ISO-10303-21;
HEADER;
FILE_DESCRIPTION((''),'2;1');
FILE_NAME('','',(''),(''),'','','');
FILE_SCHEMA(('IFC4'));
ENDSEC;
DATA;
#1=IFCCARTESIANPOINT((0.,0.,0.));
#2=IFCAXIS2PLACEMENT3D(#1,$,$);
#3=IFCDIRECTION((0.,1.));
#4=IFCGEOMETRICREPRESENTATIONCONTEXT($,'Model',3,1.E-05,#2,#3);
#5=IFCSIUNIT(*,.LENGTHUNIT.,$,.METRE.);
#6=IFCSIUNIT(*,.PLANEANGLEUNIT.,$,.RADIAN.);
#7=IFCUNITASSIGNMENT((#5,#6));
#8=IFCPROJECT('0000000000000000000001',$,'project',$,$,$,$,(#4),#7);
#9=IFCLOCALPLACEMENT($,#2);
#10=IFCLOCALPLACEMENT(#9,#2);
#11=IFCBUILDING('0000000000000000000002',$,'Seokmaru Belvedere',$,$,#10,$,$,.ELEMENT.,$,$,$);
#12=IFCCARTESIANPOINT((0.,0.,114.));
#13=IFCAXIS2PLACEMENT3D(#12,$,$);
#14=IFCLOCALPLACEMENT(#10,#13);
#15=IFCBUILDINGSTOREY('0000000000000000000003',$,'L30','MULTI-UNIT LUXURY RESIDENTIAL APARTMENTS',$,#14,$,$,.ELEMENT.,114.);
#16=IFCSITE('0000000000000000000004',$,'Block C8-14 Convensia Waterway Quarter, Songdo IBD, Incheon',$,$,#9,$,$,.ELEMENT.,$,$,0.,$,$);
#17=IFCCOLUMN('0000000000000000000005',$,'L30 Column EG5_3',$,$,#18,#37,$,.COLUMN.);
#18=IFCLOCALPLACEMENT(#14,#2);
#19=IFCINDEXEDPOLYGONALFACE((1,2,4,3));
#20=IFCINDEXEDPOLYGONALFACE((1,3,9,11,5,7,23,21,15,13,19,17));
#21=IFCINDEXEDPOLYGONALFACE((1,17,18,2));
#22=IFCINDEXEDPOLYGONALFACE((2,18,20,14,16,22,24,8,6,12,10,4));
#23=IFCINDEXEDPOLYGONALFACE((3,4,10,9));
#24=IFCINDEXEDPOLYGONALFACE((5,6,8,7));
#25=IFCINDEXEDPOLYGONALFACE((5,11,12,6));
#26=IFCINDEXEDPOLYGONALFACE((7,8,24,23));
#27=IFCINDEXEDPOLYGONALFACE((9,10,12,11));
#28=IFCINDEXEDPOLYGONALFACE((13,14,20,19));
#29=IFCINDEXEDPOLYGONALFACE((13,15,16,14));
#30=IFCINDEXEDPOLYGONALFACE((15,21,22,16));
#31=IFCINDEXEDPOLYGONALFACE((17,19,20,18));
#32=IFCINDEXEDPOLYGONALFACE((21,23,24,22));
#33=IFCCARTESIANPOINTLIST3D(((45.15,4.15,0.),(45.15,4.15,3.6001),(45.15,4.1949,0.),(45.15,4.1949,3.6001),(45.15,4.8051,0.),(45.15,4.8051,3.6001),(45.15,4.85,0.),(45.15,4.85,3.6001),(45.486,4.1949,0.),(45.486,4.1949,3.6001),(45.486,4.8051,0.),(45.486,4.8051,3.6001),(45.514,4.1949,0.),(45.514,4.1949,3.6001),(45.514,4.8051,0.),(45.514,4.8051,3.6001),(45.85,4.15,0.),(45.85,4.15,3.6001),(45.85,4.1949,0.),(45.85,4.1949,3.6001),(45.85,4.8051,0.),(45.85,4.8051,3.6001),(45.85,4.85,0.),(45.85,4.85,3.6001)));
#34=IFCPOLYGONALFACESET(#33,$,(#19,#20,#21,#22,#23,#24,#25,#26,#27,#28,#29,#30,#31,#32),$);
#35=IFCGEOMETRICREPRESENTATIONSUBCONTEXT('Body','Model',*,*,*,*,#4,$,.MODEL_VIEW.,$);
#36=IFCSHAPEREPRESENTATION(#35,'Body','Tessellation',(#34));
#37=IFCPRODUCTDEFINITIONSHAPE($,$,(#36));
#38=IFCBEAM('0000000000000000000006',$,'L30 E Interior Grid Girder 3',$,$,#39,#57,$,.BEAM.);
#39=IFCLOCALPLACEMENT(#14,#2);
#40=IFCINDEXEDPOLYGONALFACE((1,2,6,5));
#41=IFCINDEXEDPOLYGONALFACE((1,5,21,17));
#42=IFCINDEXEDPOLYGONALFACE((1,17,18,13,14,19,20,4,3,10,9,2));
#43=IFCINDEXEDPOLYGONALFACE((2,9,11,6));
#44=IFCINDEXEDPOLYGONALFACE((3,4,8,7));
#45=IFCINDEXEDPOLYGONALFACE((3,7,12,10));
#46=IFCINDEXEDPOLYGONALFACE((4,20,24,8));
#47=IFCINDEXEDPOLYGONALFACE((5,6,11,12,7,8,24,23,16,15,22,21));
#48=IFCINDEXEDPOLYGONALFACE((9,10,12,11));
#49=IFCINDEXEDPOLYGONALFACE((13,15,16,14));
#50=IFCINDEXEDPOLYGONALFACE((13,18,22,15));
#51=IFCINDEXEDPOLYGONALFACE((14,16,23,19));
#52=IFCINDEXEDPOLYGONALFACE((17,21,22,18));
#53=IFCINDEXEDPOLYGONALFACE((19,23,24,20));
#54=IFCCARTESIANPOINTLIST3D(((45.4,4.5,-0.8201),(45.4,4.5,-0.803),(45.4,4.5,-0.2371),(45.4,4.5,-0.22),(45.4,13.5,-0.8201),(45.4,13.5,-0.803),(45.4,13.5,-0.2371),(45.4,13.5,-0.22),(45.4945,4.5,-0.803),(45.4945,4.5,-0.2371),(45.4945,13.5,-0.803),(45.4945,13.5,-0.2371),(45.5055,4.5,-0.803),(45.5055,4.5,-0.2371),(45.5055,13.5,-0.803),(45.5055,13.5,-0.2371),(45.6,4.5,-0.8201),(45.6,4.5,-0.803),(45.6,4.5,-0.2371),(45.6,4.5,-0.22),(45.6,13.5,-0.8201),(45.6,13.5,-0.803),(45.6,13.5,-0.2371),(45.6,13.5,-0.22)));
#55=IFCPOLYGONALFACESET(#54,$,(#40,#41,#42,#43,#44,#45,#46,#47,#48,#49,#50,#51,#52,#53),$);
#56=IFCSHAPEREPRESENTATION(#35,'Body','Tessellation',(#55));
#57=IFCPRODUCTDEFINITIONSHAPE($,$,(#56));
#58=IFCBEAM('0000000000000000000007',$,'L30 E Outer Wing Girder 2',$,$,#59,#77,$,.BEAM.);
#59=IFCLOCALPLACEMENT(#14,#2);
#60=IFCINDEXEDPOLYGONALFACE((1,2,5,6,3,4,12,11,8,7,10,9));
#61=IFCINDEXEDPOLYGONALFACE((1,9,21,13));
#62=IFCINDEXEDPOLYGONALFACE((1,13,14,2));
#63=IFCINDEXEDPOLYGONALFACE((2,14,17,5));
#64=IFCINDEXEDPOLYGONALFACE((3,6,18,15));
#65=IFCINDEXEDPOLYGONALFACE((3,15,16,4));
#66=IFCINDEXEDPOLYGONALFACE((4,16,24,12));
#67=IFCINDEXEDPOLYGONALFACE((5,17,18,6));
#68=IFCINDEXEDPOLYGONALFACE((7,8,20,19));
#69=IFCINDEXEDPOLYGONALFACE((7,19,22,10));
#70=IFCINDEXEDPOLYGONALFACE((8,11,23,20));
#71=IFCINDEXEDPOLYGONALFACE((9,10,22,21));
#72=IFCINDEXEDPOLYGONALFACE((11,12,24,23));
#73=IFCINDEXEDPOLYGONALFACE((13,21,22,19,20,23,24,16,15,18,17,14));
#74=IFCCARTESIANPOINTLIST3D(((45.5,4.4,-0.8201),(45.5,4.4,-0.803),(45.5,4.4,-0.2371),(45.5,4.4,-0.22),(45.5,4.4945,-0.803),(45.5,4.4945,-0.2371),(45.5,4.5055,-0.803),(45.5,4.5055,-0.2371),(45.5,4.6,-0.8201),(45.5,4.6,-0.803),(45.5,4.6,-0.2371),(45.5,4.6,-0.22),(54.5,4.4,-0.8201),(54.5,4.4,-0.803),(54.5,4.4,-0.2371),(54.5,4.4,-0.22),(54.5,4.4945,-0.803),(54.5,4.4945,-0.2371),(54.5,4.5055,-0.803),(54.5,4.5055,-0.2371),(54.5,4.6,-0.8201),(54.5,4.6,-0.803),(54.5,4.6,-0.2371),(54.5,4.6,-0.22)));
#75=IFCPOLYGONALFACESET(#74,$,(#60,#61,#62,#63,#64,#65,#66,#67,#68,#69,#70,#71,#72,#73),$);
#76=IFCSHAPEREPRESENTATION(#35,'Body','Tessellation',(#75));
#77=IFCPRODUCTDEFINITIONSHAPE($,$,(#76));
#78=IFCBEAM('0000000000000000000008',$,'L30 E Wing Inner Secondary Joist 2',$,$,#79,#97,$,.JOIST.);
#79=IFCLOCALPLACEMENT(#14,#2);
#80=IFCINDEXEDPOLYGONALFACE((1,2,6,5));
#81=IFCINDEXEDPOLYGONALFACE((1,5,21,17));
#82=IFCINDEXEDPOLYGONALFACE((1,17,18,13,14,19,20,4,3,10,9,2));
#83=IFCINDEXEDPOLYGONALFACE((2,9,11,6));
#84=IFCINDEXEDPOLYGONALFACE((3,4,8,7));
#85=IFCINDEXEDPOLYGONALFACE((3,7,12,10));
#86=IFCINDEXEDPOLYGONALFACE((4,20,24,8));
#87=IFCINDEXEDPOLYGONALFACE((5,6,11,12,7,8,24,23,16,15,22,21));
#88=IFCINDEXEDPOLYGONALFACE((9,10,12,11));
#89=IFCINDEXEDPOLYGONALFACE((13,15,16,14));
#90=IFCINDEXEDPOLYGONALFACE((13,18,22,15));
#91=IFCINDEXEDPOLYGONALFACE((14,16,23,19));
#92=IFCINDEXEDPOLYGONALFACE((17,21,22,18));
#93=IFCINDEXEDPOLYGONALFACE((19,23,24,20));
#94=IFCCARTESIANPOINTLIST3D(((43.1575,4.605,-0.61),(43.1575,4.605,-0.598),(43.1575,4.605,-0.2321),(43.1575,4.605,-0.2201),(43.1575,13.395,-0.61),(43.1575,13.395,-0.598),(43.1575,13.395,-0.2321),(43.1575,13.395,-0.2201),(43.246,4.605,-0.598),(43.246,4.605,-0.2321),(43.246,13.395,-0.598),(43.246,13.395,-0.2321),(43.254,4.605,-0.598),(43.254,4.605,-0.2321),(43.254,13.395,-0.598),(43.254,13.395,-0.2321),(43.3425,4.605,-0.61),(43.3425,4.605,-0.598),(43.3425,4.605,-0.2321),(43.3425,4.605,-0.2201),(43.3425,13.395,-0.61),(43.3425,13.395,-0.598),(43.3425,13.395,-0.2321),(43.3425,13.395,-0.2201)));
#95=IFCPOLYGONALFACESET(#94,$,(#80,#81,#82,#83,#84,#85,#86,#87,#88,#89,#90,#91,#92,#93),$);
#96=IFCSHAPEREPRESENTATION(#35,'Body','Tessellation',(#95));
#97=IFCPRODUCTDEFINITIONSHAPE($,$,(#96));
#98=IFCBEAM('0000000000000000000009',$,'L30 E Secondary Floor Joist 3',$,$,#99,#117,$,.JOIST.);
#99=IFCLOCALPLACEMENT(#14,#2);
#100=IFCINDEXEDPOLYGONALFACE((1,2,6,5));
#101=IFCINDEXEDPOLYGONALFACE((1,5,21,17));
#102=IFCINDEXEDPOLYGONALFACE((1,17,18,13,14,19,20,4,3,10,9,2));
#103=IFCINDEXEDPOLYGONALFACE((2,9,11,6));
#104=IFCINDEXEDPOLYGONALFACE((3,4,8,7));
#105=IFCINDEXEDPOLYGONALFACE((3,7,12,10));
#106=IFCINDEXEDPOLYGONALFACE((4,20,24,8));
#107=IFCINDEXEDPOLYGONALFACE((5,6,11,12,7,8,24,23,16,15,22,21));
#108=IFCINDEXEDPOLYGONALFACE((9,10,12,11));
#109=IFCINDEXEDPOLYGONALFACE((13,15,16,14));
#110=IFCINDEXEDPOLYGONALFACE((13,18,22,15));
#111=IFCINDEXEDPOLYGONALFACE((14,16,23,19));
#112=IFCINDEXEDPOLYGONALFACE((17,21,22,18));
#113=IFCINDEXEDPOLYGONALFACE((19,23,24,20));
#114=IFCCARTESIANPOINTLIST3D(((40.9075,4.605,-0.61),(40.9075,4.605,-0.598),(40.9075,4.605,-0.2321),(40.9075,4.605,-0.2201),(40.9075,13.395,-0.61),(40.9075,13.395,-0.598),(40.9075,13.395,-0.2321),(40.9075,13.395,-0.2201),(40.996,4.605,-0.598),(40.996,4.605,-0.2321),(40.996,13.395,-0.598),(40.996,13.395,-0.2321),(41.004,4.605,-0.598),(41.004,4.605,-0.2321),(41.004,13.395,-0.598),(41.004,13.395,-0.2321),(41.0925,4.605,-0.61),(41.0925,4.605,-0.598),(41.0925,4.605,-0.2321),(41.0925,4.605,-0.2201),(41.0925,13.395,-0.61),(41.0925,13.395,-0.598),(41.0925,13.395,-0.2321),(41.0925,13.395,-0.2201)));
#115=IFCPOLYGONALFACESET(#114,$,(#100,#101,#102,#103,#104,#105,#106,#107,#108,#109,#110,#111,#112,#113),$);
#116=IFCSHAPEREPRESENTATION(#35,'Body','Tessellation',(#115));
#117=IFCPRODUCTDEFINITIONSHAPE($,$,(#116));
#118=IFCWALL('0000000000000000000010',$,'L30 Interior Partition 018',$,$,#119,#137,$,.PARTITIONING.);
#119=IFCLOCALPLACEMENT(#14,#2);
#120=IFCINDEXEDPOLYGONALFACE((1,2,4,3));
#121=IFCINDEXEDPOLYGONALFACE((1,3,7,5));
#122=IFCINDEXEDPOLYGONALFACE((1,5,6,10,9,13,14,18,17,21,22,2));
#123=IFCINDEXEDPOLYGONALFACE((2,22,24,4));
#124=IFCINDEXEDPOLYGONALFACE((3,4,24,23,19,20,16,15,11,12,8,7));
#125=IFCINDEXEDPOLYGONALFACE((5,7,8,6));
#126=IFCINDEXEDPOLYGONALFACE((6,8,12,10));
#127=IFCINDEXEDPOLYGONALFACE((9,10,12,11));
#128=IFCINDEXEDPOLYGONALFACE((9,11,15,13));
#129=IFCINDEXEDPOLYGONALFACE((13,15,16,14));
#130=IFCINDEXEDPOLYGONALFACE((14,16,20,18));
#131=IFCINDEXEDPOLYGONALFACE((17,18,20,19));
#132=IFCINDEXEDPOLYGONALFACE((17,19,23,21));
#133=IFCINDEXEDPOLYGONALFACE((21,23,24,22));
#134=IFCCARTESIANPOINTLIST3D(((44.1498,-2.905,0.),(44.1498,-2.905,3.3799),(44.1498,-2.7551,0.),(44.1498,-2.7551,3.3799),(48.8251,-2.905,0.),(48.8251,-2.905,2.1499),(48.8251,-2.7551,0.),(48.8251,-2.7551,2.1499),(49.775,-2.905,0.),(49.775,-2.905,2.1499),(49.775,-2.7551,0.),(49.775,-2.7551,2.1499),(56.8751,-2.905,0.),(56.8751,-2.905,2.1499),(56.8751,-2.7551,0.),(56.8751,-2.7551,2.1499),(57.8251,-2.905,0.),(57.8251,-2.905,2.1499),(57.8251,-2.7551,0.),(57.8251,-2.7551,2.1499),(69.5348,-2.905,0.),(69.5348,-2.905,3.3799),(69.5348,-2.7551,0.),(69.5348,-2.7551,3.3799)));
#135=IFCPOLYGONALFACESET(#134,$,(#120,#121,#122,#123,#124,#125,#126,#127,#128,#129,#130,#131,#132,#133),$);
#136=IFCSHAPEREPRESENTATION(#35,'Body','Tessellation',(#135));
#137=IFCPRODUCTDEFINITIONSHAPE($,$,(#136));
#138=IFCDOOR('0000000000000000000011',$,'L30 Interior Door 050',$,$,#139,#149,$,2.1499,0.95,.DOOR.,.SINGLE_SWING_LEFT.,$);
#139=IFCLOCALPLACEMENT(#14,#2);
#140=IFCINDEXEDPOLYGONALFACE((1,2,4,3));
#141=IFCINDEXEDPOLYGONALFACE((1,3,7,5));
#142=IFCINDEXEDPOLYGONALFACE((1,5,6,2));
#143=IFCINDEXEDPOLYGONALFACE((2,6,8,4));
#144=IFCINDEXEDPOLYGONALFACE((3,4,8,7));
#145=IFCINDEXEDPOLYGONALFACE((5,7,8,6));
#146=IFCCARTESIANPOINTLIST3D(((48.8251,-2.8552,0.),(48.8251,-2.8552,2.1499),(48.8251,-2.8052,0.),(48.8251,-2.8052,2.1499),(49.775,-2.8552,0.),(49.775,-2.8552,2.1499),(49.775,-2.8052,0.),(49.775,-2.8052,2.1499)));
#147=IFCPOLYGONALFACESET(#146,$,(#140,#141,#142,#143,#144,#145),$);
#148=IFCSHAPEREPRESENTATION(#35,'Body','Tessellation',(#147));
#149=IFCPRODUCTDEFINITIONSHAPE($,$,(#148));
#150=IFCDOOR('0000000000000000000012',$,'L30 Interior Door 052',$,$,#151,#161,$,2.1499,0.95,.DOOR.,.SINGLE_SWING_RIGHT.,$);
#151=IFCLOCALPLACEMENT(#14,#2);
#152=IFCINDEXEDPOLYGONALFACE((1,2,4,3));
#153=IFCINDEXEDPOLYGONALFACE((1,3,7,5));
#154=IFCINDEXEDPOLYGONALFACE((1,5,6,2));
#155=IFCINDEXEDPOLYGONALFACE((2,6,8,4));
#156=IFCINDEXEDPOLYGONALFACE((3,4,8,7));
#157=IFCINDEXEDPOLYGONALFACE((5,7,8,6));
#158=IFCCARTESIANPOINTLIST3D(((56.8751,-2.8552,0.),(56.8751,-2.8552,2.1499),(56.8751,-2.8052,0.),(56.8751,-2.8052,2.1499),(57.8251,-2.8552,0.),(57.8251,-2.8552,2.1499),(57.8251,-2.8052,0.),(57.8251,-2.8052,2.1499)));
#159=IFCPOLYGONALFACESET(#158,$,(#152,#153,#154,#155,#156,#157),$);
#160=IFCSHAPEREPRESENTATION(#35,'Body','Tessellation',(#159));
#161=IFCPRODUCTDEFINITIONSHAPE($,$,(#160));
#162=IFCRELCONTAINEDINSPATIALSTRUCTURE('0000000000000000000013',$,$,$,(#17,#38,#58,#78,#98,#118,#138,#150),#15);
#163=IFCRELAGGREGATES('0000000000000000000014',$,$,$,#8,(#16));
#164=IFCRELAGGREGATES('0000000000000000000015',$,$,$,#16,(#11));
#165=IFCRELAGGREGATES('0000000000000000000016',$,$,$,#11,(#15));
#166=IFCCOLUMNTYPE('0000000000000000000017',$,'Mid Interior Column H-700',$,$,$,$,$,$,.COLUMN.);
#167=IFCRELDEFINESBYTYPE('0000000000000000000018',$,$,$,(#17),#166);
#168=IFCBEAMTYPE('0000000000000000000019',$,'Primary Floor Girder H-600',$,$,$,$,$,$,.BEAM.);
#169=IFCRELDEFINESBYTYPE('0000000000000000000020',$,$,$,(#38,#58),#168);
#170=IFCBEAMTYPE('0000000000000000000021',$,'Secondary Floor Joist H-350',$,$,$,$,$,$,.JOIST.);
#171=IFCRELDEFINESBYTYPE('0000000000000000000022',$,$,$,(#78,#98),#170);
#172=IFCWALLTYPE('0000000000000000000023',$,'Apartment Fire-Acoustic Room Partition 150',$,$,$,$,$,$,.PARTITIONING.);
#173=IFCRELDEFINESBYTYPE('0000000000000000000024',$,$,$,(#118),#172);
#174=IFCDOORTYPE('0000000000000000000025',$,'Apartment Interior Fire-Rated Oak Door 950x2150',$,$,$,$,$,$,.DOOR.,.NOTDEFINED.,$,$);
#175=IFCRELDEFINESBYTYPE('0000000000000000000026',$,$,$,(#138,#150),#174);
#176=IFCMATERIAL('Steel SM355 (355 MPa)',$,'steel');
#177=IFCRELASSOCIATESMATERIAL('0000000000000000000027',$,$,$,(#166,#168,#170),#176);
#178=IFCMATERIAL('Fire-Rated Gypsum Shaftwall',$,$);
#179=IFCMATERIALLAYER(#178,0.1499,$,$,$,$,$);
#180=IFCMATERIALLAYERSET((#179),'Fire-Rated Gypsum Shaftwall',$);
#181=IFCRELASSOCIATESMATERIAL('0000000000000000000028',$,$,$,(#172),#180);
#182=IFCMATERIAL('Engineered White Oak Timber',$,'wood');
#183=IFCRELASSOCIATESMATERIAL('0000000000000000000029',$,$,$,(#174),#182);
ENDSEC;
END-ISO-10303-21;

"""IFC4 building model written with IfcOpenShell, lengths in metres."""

from ifc_helpers import new_model, si_unit, direction, frame, frame_2d, origin, origin_2d, place, context, subcontext, project, spatial, rectangle, i_section, extrude, source, transform, mapped, material, layer, layer_set, material_profile, profile_set, type_object, type_shapes, element, fill, save


model = new_model("IFC4")

# Units and contexts
model_context = context("Model", 3, precision=1e-05, world=origin(), true_north=direction((0.0, 1.0)))
body_context = subcontext(model_context, "Body", "Model", "MODEL_VIEW")
ifc_project = project(units=[si_unit("LENGTHUNIT", "METRE"), si_unit("PLANEANGLEUNIT", "RADIAN")], contexts=[model_context])

# Site, building, storey
site_placement = place(None, origin())
site = spatial("IfcSite", under=ifc_project, at=site_placement, Name="Block C8-14 Convensia Waterway Quarter, Songdo IBD, Incheon", CompositionType="ELEMENT", RefElevation=0.0)
building_placement = place(site_placement, origin())
building = spatial("IfcBuilding", under=site, at=building_placement, Name="Seokmaru Belvedere", CompositionType="ELEMENT")
storey_placement = place(building_placement, frame((0.0, 0.0, 114.0)))
storey = spatial("IfcBuildingStorey", under=building, at=storey_placement, Name="L30", Description="MULTI-UNIT LUXURY RESIDENTIAL APARTMENTS", CompositionType="ELEMENT", Elevation=114.0)

# Column
ifc_material_1 = material(Name="Steel SM355 (355 MPa)", Category="steel")
ifc_material_profile_1 = material_profile(ifc_material_1, i_section(OverallWidth=0.7, OverallDepth=0.7, WebThickness=0.0281, FlangeThickness=0.0449, at=origin_2d()), Name="H-700x700x28x45")
ifc_profile_set_1 = profile_set([ifc_material_profile_1], Name="Steel SM355 (355 MPa)")
column_type = type_object("IfcColumnType", Name="Mid Interior Column H-700", PredefinedType="COLUMN", material=ifc_profile_set_1)
shared_shape_1 = source(origin(), body_context, "Body", "SweptSolid", [
    extrude(i_section(OverallWidth=0.7, OverallDepth=0.7, WebThickness=0.0281, FlangeThickness=0.0449, at=origin_2d()), origin(), (0.0, 0.0, 1.0), 3.6001),
])
type_shapes(column_type, [shared_shape_1])
column_placement = place(storey_placement, frame((45.5, 4.5, 0.0), z_axis=(0.0, 0.0, 1.0), x_axis=(1.0, 0.0, 0.0)))
element("IfcColumn", 1, at=column_placement, inside=storey, type_object=column_type, Name="L30 Column EG5_3", PredefinedType="COLUMN", context=body_context, shape_type="MappedRepresentation", body=[
    mapped(shared_shape_1, transform((0.0, 0.0, 0.0), scale=1.0)),
])

# Beams
ifc_material_profile_2 = material_profile(ifc_material_1, i_section(OverallWidth=0.2, OverallDepth=0.6001, WebThickness=0.011, FlangeThickness=0.0171, at=origin_2d()), Name="H-600x200x11x17")
ifc_profile_set_2 = profile_set([ifc_material_profile_2], Name="Steel SM355 (355 MPa)")
beam_type_1 = type_object("IfcBeamType", Name="Primary Floor Girder H-600", PredefinedType="BEAM", material=ifc_profile_set_2)
shared_shape_2 = source(origin(), body_context, "Body", "SweptSolid", [
    extrude(i_section(OverallWidth=0.2, OverallDepth=0.6001, WebThickness=0.011, FlangeThickness=0.0171, at=origin_2d()), origin(), (0.0, 0.0, 1.0), 9.0),
])
type_shapes(beam_type_1, [shared_shape_2])
for number, where, z_axis, x_axis, name in (
    (2, (45.5, 4.5, -0.52), (0.0, 1.0, 0.0), (-1.0, 0.0, 0.0), "L30 E Interior Grid Girder 3"),
    (3, (45.5, 4.5, -0.52), (1.0, 0.0, 0.0), (0.0, 1.0, 0.0), "L30 E Outer Wing Girder 2"),
):
    element("IfcBeam", number, at=place(storey_placement, frame(where, z_axis=z_axis, x_axis=x_axis)), inside=storey, type_object=beam_type_1, Name=name, PredefinedType="BEAM", context=body_context, shape_type="MappedRepresentation", body=[
        mapped(shared_shape_2, transform((0.0, 0.0, 0.0), scale=1.0)),
    ])
ifc_material_profile_3 = material_profile(ifc_material_1, i_section(OverallWidth=0.1851, OverallDepth=0.3899, WebThickness=0.0081, FlangeThickness=0.012, at=origin_2d()), Name="H-390x185x8x12")
ifc_profile_set_3 = profile_set([ifc_material_profile_3], Name="Steel SM355 (355 MPa)")
beam_type_2 = type_object("IfcBeamType", Name="Secondary Floor Joist H-350", PredefinedType="JOIST", material=ifc_profile_set_3)
shared_shape_3 = source(origin(), body_context, "Body", "SweptSolid", [
    extrude(i_section(OverallWidth=0.1851, OverallDepth=0.3899, WebThickness=0.0081, FlangeThickness=0.012, at=origin_2d()), origin(), (0.0, 0.0, 1.0), 8.79),
])
type_shapes(beam_type_2, [shared_shape_3])
for number, where, z_axis, x_axis, name in (
    (4, (43.25, 4.605, -0.415), (0.0, 1.0, 0.0), (-1.0, 0.0, 0.0), "L30 E Wing Inner Secondary Joist 2"),
    (5, (41.0, 4.605, -0.415), (0.0, 1.0, 0.0), (-1.0, 0.0, 0.0), "L30 E Secondary Floor Joist 3"),
):
    element("IfcBeam", number, at=place(storey_placement, frame(where, z_axis=z_axis, x_axis=x_axis)), inside=storey, type_object=beam_type_2, Name=name, PredefinedType="JOIST", context=body_context, shape_type="MappedRepresentation", body=[
        mapped(shared_shape_3, transform((0.0, 0.0, 0.0), scale=1.0)),
    ])

# Wall, openings, doors
ifc_material_2 = material(Name="Fire-Rated Gypsum Shaftwall")
ifc_layer_1 = layer(ifc_material_2, 0.1499)
ifc_layer_set_1 = layer_set([ifc_layer_1], Name="Fire-Rated Gypsum Shaftwall")
wall_type_1 = type_object("IfcWallType", Name="Apartment Fire-Acoustic Room Partition 150", PredefinedType="PARTITIONING", material=ifc_layer_set_1)
wall_1_placement = place(storey_placement, frame((44.1499, -2.8301, 0.0), z_axis=(0.0, 0.0, 1.0), x_axis=(1.0, 0.0, 0.0)))
wall_1 = element("IfcWall", 6, at=wall_1_placement, inside=storey, type_object=wall_type_1, Name="L30 Interior Partition 018", PredefinedType="PARTITIONING", context=body_context, shape_type="SweptSolid", body=[
    extrude(rectangle(XDim=25.385, YDim=0.1499, at=frame_2d((12.6924, 0.0))), origin(), (0.0, 0.0, 1.0), 3.3799),
])
opening_1_placement = place(wall_1_placement, frame((4.675, 0.0, 0.0)))
opening_1 = element("IfcOpeningElement", 7, at=opening_1_placement, cuts=wall_1, PredefinedType="OPENING", context=body_context, shape_type="SweptSolid", body=[
    extrude(rectangle(XDim=0.95, YDim=2.1499, at=frame_2d((0.4751, 1.075))), frame((0.0, 0.085, 0.0), z_axis=(0.0, -1.0, 0.0), x_axis=(1.0, 0.0, 0.0)), (0.0, 0.0, 1.0), 0.1699),
])
opening_2_placement = place(wall_1_placement, frame((12.7251, 0.0, 0.0)))
opening_2 = element("IfcOpeningElement", 8, at=opening_2_placement, cuts=wall_1, PredefinedType="OPENING", context=body_context, shape_type="SweptSolid", body=[
    extrude(rectangle(XDim=0.95, YDim=2.1499, at=frame_2d((0.4751, 1.075))), frame((0.0, 0.085, 0.0), z_axis=(0.0, -1.0, 0.0), x_axis=(1.0, 0.0, 0.0)), (0.0, 0.0, 1.0), 0.1699),
])
ifc_material_3 = material(Name="Engineered White Oak Timber", Category="wood")
door_type_1 = type_object("IfcDoorType", Name="Apartment Interior Fire-Rated Oak Door 950x2150", OperationType="NOTDEFINED", PredefinedType="DOOR", material=ifc_material_3)
shared_shape_4 = source(origin(), body_context, "Body", "SweptSolid", [
    extrude(rectangle(XDim=0.95, YDim=2.1499, at=frame_2d((0.4751, 1.075))), frame((0.0, 0.0249, 0.0), z_axis=(0.0, -1.0, 0.0), x_axis=(1.0, 0.0, 0.0)), (0.0, 0.0, 1.0), 0.05),
])
type_shapes(door_type_1, [shared_shape_4])
door_1_placement = place(opening_1_placement, origin())
door_1 = element("IfcDoor", 9, at=door_1_placement, inside=storey, type_object=door_type_1, Name="L30 Interior Door 050", OperationType="SINGLE_SWING_LEFT", OverallHeight=2.1499, OverallWidth=0.95, PredefinedType="DOOR", context=body_context, shape_type="MappedRepresentation", body=[
    mapped(shared_shape_4, transform((0.0, 0.0, 0.0), scale=1.0)),
])
fill(opening_1, door_1)
door_2_placement = place(opening_2_placement, origin())
door_2 = element("IfcDoor", 10, at=door_2_placement, inside=storey, type_object=door_type_1, Name="L30 Interior Door 052", OperationType="SINGLE_SWING_RIGHT", OverallHeight=2.1499, OverallWidth=0.95, PredefinedType="DOOR", context=body_context, shape_type="MappedRepresentation", body=[
    mapped(shared_shape_4, transform((0.0, 0.0, 0.0), scale=1.0)),
])
fill(opening_2, door_2)

save(model, "model.ifc")
